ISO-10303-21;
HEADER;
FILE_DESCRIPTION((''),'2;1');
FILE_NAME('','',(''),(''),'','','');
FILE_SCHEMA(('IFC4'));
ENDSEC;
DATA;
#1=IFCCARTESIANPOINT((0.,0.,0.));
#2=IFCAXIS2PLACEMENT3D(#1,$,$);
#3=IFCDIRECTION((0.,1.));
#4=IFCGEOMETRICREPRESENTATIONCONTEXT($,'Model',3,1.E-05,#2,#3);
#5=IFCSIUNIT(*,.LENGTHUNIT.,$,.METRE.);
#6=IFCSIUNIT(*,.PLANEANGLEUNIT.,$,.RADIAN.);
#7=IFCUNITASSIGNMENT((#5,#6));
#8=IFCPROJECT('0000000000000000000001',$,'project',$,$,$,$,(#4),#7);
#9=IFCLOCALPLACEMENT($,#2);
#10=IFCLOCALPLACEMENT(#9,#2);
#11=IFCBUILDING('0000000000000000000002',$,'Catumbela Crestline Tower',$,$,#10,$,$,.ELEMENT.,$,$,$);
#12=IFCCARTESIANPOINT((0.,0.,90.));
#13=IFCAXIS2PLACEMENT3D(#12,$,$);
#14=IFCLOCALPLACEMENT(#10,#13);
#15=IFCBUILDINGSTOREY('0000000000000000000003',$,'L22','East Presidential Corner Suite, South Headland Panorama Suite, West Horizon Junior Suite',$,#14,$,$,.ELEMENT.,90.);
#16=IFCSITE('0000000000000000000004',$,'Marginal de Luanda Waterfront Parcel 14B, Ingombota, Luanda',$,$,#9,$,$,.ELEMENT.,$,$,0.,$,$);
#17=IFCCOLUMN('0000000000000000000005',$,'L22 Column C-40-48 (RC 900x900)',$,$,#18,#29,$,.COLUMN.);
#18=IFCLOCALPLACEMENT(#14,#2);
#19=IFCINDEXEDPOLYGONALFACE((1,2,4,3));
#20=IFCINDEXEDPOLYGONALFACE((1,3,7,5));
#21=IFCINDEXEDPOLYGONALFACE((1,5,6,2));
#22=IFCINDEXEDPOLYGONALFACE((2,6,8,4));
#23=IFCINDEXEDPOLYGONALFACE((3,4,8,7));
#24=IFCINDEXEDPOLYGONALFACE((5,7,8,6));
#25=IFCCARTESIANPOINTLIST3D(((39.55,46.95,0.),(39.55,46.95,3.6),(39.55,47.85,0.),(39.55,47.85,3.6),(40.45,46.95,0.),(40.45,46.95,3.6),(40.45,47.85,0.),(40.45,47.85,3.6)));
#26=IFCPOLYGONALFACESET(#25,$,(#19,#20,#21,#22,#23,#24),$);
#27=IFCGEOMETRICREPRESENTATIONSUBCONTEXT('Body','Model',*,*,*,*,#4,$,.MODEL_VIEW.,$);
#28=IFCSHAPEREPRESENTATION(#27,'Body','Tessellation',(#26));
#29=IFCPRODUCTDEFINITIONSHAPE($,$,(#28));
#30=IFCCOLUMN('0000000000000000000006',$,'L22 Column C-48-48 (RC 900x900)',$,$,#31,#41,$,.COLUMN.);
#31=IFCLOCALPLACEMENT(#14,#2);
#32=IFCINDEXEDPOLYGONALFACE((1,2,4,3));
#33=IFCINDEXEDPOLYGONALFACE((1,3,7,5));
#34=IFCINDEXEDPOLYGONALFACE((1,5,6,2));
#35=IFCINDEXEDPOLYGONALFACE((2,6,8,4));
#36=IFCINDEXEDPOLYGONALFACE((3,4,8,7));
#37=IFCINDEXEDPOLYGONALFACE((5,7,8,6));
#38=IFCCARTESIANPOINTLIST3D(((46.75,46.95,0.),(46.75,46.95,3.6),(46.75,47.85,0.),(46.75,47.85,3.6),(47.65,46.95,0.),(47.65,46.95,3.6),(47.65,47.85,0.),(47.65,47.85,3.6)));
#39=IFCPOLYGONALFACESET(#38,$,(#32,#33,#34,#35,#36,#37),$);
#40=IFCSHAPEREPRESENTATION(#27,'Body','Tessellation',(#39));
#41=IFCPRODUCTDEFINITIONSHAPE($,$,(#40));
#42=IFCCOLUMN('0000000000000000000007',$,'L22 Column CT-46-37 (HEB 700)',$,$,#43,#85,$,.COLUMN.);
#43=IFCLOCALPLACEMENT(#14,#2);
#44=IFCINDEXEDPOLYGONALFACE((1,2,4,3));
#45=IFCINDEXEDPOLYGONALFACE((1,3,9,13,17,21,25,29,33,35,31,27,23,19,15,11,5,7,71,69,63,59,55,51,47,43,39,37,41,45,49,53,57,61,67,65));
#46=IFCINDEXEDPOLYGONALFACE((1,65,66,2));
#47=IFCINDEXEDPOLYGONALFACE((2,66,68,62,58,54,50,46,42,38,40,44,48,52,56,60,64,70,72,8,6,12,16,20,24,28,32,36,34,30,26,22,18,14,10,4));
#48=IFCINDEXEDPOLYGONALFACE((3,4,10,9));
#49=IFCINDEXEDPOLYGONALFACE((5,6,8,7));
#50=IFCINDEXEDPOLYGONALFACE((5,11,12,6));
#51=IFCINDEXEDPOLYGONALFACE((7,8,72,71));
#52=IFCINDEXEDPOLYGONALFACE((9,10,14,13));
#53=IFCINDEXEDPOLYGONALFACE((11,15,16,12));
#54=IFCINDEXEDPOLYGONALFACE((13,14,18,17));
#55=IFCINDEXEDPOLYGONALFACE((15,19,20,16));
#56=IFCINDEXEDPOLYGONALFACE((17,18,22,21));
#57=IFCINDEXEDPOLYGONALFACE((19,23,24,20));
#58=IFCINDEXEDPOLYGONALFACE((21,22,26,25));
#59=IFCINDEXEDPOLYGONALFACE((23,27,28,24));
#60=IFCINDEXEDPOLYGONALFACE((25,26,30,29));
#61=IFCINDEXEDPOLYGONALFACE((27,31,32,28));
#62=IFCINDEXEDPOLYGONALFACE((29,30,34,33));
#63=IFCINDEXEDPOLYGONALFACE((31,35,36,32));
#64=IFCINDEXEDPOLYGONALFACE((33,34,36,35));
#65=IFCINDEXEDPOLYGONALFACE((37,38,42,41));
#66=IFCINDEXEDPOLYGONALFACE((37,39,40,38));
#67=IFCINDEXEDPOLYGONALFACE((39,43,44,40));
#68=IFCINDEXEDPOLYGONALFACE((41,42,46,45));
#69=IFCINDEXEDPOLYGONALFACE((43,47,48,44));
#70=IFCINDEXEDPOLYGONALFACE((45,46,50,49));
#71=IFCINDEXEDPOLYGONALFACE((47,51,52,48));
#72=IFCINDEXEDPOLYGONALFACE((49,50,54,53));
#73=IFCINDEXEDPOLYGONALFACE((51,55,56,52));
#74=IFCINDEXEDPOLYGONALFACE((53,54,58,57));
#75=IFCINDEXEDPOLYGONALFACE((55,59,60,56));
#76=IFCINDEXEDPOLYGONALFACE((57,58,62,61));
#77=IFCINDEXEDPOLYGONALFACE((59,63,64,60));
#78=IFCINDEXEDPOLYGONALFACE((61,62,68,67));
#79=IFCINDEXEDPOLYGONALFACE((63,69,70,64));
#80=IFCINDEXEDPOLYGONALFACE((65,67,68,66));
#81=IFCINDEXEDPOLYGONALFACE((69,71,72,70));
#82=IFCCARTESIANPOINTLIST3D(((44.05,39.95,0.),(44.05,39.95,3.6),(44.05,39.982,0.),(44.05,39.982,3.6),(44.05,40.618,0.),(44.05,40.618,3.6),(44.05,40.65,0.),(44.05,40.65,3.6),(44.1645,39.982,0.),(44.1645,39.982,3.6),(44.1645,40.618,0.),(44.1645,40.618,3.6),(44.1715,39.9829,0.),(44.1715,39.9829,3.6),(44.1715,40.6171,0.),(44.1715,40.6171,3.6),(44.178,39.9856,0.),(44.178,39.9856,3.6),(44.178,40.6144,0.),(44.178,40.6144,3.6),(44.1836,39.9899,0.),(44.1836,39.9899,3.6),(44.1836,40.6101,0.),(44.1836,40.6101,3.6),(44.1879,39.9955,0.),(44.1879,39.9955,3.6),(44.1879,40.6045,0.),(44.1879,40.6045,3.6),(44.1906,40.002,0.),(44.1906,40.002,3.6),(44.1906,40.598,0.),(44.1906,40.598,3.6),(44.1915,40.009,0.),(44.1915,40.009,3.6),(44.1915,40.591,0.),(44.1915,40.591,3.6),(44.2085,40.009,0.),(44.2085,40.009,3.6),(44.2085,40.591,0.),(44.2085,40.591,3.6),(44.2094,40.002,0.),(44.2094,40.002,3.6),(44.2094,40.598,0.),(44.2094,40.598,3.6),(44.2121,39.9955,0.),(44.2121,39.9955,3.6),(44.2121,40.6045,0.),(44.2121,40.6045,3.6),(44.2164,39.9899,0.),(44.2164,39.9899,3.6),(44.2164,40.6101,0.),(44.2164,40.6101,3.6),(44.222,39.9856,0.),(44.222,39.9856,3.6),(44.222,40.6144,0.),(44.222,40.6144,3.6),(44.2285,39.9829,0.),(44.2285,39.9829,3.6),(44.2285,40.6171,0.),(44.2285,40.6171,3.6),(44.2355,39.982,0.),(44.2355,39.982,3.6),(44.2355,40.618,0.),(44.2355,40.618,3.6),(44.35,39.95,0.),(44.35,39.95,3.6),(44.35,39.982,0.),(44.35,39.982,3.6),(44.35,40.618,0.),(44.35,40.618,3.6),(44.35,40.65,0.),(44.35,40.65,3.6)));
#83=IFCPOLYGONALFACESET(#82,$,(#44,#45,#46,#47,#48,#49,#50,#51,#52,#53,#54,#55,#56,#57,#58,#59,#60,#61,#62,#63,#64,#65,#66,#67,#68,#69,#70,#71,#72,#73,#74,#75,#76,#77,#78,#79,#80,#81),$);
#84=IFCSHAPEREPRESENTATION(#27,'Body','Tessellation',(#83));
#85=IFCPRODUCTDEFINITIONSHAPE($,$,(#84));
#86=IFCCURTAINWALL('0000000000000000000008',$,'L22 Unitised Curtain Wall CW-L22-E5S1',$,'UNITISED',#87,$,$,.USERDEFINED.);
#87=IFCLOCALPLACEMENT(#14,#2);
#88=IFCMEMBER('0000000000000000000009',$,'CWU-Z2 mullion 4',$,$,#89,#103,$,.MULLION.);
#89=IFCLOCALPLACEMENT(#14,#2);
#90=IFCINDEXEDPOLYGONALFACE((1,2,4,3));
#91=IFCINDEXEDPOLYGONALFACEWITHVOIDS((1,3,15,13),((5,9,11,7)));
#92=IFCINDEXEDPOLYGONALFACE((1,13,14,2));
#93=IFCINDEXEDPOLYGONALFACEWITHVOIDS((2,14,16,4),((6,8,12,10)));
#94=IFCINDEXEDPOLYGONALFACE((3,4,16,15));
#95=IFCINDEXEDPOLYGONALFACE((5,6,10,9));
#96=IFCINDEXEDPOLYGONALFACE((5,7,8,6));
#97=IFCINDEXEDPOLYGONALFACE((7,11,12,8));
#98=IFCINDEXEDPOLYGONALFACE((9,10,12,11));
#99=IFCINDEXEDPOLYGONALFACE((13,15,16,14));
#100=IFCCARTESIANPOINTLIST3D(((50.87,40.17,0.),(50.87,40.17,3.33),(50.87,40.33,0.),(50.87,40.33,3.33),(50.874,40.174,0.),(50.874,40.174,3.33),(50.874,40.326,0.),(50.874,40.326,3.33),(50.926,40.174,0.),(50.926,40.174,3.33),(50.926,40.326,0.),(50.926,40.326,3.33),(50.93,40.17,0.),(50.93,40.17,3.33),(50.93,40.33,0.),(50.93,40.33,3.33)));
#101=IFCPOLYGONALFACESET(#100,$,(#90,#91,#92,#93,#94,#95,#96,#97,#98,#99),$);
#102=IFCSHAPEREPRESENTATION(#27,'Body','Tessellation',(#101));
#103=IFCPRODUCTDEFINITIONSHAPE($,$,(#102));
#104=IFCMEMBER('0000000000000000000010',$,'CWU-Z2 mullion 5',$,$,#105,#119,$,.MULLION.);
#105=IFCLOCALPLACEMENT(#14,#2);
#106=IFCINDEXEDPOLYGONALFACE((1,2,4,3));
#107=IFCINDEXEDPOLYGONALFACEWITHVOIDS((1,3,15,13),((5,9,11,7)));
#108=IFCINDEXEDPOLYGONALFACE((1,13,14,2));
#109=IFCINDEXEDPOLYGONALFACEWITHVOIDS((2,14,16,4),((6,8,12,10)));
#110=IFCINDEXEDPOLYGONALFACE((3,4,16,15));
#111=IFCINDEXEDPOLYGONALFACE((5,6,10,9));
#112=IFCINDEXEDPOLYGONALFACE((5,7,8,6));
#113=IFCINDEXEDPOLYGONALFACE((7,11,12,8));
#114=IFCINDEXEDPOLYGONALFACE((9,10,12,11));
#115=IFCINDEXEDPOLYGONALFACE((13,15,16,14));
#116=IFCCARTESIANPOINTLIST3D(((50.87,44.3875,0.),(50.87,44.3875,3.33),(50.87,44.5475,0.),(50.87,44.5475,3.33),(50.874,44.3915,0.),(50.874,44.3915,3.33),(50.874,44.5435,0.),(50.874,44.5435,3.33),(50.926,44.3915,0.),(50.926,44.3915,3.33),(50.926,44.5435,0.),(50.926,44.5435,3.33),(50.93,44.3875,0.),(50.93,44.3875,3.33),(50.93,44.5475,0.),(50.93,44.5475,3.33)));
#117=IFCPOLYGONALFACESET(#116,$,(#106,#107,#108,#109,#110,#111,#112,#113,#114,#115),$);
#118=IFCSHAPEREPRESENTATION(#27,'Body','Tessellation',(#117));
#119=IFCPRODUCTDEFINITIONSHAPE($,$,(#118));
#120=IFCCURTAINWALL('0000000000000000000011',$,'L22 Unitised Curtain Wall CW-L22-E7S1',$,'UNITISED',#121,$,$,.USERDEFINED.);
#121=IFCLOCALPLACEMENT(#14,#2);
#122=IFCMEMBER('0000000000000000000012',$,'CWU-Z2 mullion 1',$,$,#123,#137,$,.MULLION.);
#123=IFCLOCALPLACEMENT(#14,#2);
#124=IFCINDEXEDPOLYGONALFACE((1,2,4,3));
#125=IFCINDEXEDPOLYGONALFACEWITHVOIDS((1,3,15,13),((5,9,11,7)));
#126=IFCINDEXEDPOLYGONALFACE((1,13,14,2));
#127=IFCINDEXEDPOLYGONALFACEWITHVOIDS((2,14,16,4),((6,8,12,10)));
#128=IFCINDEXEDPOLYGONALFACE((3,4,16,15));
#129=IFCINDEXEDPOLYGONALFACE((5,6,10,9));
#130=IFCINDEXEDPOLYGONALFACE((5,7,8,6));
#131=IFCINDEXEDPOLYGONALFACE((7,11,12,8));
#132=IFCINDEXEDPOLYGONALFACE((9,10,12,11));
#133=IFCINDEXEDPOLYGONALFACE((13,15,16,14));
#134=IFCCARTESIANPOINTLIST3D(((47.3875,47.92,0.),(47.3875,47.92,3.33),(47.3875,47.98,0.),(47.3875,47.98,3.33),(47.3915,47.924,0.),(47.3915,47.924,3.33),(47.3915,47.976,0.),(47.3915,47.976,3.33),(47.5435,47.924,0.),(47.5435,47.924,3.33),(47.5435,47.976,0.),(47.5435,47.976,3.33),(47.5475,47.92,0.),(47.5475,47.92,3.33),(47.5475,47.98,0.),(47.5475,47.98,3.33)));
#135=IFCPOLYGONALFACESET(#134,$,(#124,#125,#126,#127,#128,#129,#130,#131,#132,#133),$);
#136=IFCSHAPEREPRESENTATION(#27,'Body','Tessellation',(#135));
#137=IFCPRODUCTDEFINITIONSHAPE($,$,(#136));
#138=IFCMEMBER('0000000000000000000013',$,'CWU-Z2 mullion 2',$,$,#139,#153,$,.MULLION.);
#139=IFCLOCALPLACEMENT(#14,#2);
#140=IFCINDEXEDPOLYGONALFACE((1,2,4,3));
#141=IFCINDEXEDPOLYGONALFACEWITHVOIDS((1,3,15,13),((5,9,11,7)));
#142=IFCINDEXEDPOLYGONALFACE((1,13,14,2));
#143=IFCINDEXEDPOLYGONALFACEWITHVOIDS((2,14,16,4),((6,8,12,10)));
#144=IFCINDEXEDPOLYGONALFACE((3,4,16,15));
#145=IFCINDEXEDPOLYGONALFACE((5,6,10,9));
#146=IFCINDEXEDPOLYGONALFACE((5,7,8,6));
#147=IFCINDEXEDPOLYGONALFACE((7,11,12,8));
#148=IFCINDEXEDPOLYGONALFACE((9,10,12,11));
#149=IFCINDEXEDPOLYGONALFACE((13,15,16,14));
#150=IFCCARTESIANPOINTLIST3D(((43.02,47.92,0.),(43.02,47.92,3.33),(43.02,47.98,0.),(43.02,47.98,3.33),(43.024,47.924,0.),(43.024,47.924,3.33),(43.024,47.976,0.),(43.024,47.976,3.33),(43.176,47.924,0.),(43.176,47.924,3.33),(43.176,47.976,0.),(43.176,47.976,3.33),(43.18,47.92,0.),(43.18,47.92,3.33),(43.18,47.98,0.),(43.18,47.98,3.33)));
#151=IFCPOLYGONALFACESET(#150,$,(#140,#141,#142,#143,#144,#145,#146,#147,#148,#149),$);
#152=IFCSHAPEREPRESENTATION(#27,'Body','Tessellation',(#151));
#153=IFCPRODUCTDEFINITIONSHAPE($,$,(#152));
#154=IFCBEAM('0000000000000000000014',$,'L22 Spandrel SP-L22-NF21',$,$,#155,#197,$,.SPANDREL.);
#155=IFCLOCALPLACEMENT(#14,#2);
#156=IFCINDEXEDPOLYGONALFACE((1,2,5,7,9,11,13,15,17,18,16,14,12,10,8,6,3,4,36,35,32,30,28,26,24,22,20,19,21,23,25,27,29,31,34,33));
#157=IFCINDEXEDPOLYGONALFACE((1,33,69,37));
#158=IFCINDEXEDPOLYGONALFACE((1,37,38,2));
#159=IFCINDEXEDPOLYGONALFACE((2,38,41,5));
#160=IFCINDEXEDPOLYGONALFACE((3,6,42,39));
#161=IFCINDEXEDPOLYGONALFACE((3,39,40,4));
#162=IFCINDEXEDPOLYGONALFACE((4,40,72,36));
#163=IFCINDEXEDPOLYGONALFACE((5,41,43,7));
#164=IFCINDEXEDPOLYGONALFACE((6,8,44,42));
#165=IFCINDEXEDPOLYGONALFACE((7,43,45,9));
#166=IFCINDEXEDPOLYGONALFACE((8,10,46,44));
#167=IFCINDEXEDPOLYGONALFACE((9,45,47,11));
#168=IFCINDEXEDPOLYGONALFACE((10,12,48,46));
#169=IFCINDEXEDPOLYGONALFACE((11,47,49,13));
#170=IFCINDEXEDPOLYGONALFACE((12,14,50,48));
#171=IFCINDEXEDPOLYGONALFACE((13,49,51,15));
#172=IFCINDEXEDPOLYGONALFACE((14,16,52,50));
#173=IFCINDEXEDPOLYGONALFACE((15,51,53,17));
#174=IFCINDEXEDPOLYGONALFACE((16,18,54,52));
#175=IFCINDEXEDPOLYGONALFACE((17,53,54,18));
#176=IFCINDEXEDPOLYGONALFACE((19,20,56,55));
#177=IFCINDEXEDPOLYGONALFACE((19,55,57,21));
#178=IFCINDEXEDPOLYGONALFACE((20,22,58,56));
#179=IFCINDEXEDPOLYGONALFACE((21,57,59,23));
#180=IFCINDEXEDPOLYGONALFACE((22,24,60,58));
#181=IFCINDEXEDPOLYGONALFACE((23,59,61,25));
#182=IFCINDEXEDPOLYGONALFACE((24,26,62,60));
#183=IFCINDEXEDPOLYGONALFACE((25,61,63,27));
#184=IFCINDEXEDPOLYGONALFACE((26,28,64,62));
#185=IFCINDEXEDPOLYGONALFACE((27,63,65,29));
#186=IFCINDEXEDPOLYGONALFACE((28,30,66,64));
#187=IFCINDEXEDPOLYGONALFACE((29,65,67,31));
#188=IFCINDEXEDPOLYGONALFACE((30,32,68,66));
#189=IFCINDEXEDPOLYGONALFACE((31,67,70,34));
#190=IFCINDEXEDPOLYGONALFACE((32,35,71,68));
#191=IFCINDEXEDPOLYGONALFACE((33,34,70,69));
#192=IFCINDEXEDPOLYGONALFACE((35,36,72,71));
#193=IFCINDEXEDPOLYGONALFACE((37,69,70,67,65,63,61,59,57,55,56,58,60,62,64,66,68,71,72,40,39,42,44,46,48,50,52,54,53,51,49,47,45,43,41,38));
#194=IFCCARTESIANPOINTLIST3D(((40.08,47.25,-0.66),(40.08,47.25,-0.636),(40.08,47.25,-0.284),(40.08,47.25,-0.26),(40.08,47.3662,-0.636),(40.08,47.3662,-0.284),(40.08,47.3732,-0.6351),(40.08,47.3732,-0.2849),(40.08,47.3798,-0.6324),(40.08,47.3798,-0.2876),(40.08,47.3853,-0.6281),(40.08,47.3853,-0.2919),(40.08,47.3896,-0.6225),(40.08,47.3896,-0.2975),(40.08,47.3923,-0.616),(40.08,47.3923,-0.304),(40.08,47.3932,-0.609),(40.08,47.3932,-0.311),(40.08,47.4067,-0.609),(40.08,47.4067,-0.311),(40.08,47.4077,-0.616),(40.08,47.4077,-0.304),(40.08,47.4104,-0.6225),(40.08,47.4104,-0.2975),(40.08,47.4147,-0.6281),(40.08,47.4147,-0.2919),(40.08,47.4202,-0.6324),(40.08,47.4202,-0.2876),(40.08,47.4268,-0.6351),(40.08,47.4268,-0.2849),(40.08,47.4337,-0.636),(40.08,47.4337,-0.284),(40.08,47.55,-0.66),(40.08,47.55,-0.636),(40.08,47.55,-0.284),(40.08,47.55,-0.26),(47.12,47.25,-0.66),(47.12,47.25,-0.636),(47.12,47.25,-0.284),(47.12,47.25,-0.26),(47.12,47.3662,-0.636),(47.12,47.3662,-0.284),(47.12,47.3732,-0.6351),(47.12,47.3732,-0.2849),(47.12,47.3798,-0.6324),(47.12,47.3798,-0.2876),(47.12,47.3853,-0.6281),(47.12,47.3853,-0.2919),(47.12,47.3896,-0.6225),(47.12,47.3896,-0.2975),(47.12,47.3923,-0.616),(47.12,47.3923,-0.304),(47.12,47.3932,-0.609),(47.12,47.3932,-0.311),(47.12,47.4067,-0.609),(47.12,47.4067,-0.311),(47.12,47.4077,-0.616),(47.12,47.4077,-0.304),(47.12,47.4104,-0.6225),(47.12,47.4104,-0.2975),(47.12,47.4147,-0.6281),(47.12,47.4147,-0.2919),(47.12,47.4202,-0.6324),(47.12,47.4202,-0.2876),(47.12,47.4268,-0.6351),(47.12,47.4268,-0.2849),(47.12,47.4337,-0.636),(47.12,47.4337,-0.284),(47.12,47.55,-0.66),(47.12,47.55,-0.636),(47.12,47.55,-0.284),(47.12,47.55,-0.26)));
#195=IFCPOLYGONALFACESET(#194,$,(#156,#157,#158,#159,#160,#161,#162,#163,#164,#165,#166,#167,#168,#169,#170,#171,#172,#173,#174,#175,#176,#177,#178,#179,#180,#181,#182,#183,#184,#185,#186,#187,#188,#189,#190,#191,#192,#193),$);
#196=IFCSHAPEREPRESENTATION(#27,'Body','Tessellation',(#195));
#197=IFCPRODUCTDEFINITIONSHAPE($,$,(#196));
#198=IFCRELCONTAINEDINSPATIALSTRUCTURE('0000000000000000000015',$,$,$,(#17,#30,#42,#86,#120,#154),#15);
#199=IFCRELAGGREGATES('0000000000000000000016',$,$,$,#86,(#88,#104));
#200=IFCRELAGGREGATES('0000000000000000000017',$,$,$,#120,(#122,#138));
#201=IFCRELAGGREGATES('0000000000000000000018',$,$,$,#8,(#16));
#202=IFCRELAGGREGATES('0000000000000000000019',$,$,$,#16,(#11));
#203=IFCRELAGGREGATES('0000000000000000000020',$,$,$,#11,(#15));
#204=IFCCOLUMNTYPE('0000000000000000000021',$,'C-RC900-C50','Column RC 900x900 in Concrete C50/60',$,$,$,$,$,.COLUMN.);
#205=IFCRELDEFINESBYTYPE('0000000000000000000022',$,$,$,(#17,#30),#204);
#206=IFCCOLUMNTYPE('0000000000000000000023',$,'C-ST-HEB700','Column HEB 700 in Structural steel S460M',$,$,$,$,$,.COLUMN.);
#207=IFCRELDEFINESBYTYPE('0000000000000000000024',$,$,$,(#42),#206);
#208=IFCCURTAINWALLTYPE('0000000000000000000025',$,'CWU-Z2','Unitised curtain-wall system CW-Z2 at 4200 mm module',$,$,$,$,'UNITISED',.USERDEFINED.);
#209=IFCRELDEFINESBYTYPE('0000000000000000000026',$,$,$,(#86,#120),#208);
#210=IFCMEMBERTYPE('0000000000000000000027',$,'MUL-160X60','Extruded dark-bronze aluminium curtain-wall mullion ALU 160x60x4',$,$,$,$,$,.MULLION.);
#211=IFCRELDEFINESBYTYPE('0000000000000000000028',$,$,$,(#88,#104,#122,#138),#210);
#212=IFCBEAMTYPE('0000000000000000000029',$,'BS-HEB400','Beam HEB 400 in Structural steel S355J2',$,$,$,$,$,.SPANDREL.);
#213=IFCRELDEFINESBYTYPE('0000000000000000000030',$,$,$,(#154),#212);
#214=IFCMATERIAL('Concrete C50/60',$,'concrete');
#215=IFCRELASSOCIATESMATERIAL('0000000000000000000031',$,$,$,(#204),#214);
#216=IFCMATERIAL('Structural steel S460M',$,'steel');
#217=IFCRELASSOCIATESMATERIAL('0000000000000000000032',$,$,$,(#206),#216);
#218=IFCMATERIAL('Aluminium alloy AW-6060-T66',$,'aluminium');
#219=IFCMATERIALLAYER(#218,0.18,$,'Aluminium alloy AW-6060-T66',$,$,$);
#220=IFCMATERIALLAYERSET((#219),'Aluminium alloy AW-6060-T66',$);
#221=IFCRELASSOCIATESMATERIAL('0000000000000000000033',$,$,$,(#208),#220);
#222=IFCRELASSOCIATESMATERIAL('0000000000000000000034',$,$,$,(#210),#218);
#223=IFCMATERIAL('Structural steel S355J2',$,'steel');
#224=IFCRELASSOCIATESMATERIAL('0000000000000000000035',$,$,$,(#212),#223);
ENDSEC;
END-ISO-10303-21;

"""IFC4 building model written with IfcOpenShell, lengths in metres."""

from ifc_helpers import new_model, si_unit, direction, frame, origin, origin_2d, place, context, subcontext, project, spatial, rectangle, hollow_rectangle, i_section, extrude, material, layer, layer_set, material_profile, profile_set, type_object, element, aggregate, save


model = new_model("IFC4")

# Units and contexts
model_context = context("Model", 3, precision=1e-05, world=origin(), true_north=direction((0.0, 1.0)))
body_context = subcontext(model_context, "Body", "Model", "MODEL_VIEW")
ifc_project = project(units=[si_unit("LENGTHUNIT", "METRE"), si_unit("PLANEANGLEUNIT", "RADIAN")], contexts=[model_context])

# Site, building, storey
site_placement = place(None, origin())
site = spatial("IfcSite", under=ifc_project, at=site_placement, Name="Marginal de Luanda Waterfront Parcel 14B, Ingombota, Luanda", CompositionType="ELEMENT", RefElevation=0.0)
building_placement = place(site_placement, origin())
building = spatial("IfcBuilding", under=site, at=building_placement, Name="Catumbela Crestline Tower", CompositionType="ELEMENT")
storey_placement = place(building_placement, frame((0.0, 0.0, 90.0)))
storey = spatial("IfcBuildingStorey", under=building, at=storey_placement, Name="L22", Description="East Presidential Corner Suite, South Headland Panorama Suite, West Horizon Junior Suite", CompositionType="ELEMENT", Elevation=90.0)

# Columns
ifc_material_1 = material(Name="Concrete C50/60", Category="concrete")
ifc_material_profile_1 = material_profile(ifc_material_1, rectangle(XDim=0.9, YDim=0.9, at=origin_2d()), Name="RC 900x900")
ifc_profile_set_1 = profile_set([ifc_material_profile_1], Name="Concrete C50/60")
column_type_1 = type_object("IfcColumnType", Name="C-RC900-C50", Description="Column RC 900x900 in Concrete C50/60", PredefinedType="COLUMN", material=ifc_profile_set_1)
for number, where, z_axis, x_axis, name in (
    (1, (40.0, 47.4, 0.0), (0.0, 0.0, 1.0), (1.0, 0.0, 0.0), "L22 Column C-40-48 (RC 900x900)"),
    (2, (47.2, 47.4, 0.0), (0.0, 0.0, 1.0), (1.0, 0.0, 0.0), "L22 Column C-48-48 (RC 900x900)"),
):
    element("IfcColumn", number, at=place(storey_placement, frame(where, z_axis=z_axis, x_axis=x_axis)), inside=storey, type_object=column_type_1, Name=name, PredefinedType="COLUMN", context=body_context, shape_type="SweptSolid", body=[
        extrude(rectangle(XDim=0.9, YDim=0.9, at=origin_2d()), origin(), (0.0, 0.0, 1.0), 3.6),
    ])
ifc_material_2 = material(Name="Structural steel S460M", Category="steel")
ifc_material_profile_2 = material_profile(ifc_material_2, i_section(OverallWidth=0.3, OverallDepth=0.7, WebThickness=0.017, FlangeThickness=0.032, FilletRadius=0.027, at=origin_2d()), Name="HEB 700")
ifc_profile_set_2 = profile_set([ifc_material_profile_2], Name="Structural steel S460M")
column_type_2 = type_object("IfcColumnType", Name="C-ST-HEB700", Description="Column HEB 700 in Structural steel S460M", PredefinedType="COLUMN", material=ifc_profile_set_2)
column_placement = place(storey_placement, frame((44.2, 40.3, 0.0), z_axis=(0.0, 0.0, 1.0), x_axis=(1.0, 0.0, 0.0)))
element("IfcColumn", 3, at=column_placement, inside=storey, type_object=column_type_2, Name="L22 Column CT-46-37 (HEB 700)", PredefinedType="COLUMN", context=body_context, shape_type="SweptSolid", body=[
    extrude(i_section(OverallWidth=0.3, OverallDepth=0.7, WebThickness=0.017, FlangeThickness=0.032, FilletRadius=0.027, at=origin_2d()), origin(), (0.0, 0.0, 1.0), 3.6),
])

# Curtain walls, members
ifc_material_3 = material(Name="Aluminium alloy AW-6060-T66", Category="aluminium")
ifc_layer_1 = layer(ifc_material_3, 0.18, Name="Aluminium alloy AW-6060-T66")
ifc_layer_set_1 = layer_set([ifc_layer_1], Name="Aluminium alloy AW-6060-T66")
curtain_wall_type = type_object("IfcCurtainWallType", Name="CWU-Z2", Description="Unitised curtain-wall system CW-Z2 at 4200 mm module", ElementType="UNITISED", PredefinedType="USERDEFINED", material=ifc_layer_set_1)
curtain_wall_1_placement = place(storey_placement, origin())
curtain_wall_1 = element("IfcCurtainWall", 4, at=curtain_wall_1_placement, inside=storey, type_object=curtain_wall_type, Name="L22 Unitised Curtain Wall CW-L22-E5S1", ObjectType="UNITISED", PredefinedType="USERDEFINED")
ifc_material_profile_3 = material_profile(ifc_material_3, hollow_rectangle(XDim=0.06, YDim=0.16, WallThickness=0.004, at=origin_2d()), Name="ALU 160x60x4")
ifc_profile_set_3 = profile_set([ifc_material_profile_3], Name="Aluminium alloy AW-6060-T66")
member_type_1 = type_object("IfcMemberType", Name="MUL-160X60", Description="Extruded dark-bronze aluminium curtain-wall mullion ALU 160x60x4", PredefinedType="MULLION", material=ifc_profile_set_3)
member_1_placement = place(storey_placement, frame((50.9, 40.25, 0.0), z_axis=(0.0, 0.0, 1.0), x_axis=(-1.0, 0.0, 0.0)))
member_1 = element("IfcMember", 5, at=member_1_placement, type_object=member_type_1, Name="CWU-Z2 mullion 4", PredefinedType="MULLION", context=body_context, shape_type="SweptSolid", body=[
    extrude(hollow_rectangle(XDim=0.06, YDim=0.16, WallThickness=0.004, at=origin_2d()), origin(), (0.0, 0.0, 1.0), 3.33),
])
member_2_placement = place(storey_placement, frame((50.9, 44.4675, 0.0), z_axis=(0.0, 0.0, 1.0), x_axis=(-1.0, 0.0, 0.0)))
member_2 = element("IfcMember", 6, at=member_2_placement, type_object=member_type_1, Name="CWU-Z2 mullion 5", PredefinedType="MULLION", context=body_context, shape_type="SweptSolid", body=[
    extrude(hollow_rectangle(XDim=0.06, YDim=0.16, WallThickness=0.004, at=origin_2d()), origin(), (0.0, 0.0, 1.0), 3.33),
])
curtain_wall_2_placement = place(storey_placement, origin())
curtain_wall_2 = element("IfcCurtainWall", 7, at=curtain_wall_2_placement, inside=storey, type_object=curtain_wall_type, Name="L22 Unitised Curtain Wall CW-L22-E7S1", ObjectType="UNITISED", PredefinedType="USERDEFINED")
member_3_placement = place(storey_placement, frame((47.4675, 47.95, 0.0), z_axis=(0.0, 0.0, 1.0), x_axis=(0.0, -1.0, 0.0)))
member_3 = element("IfcMember", 8, at=member_3_placement, type_object=member_type_1, Name="CWU-Z2 mullion 1", PredefinedType="MULLION", context=body_context, shape_type="SweptSolid", body=[
    extrude(hollow_rectangle(XDim=0.06, YDim=0.16, WallThickness=0.004, at=origin_2d()), origin(), (0.0, 0.0, 1.0), 3.33),
])
member_4_placement = place(storey_placement, frame((43.1, 47.95, 0.0), z_axis=(0.0, 0.0, 1.0), x_axis=(0.0, -1.0, 0.0)))
member_4 = element("IfcMember", 9, at=member_4_placement, type_object=member_type_1, Name="CWU-Z2 mullion 2", PredefinedType="MULLION", context=body_context, shape_type="SweptSolid", body=[
    extrude(hollow_rectangle(XDim=0.06, YDim=0.16, WallThickness=0.004, at=origin_2d()), origin(), (0.0, 0.0, 1.0), 3.33),
])

# Beam
ifc_material_4 = material(Name="Structural steel S355J2", Category="steel")
ifc_material_profile_4 = material_profile(ifc_material_4, i_section(OverallWidth=0.3, OverallDepth=0.4, WebThickness=0.0135, FlangeThickness=0.024, FilletRadius=0.027, at=origin_2d()), Name="HEB 400")
ifc_profile_set_4 = profile_set([ifc_material_profile_4], Name="Structural steel S355J2")
beam_type = type_object("IfcBeamType", Name="BS-HEB400", Description="Beam HEB 400 in Structural steel S355J2", PredefinedType="SPANDREL", material=ifc_profile_set_4)
beam_placement = place(storey_placement, frame((40.08, 47.4, -0.46), z_axis=(1.0, 0.0, 0.0), x_axis=(0.0, 1.0, 0.0)))
element("IfcBeam", 10, at=beam_placement, inside=storey, type_object=beam_type, Name="L22 Spandrel SP-L22-NF21", PredefinedType="SPANDREL", context=body_context, shape_type="SweptSolid", body=[
    extrude(i_section(OverallWidth=0.3, OverallDepth=0.4, WebThickness=0.0135, FlangeThickness=0.024, FilletRadius=0.027, at=origin_2d()), origin(), (0.0, 0.0, 1.0), 7.04),
])

aggregate(curtain_wall_1, [member_1, member_2])
aggregate(curtain_wall_2, [member_3, member_4])

save(model, "model.ifc")
